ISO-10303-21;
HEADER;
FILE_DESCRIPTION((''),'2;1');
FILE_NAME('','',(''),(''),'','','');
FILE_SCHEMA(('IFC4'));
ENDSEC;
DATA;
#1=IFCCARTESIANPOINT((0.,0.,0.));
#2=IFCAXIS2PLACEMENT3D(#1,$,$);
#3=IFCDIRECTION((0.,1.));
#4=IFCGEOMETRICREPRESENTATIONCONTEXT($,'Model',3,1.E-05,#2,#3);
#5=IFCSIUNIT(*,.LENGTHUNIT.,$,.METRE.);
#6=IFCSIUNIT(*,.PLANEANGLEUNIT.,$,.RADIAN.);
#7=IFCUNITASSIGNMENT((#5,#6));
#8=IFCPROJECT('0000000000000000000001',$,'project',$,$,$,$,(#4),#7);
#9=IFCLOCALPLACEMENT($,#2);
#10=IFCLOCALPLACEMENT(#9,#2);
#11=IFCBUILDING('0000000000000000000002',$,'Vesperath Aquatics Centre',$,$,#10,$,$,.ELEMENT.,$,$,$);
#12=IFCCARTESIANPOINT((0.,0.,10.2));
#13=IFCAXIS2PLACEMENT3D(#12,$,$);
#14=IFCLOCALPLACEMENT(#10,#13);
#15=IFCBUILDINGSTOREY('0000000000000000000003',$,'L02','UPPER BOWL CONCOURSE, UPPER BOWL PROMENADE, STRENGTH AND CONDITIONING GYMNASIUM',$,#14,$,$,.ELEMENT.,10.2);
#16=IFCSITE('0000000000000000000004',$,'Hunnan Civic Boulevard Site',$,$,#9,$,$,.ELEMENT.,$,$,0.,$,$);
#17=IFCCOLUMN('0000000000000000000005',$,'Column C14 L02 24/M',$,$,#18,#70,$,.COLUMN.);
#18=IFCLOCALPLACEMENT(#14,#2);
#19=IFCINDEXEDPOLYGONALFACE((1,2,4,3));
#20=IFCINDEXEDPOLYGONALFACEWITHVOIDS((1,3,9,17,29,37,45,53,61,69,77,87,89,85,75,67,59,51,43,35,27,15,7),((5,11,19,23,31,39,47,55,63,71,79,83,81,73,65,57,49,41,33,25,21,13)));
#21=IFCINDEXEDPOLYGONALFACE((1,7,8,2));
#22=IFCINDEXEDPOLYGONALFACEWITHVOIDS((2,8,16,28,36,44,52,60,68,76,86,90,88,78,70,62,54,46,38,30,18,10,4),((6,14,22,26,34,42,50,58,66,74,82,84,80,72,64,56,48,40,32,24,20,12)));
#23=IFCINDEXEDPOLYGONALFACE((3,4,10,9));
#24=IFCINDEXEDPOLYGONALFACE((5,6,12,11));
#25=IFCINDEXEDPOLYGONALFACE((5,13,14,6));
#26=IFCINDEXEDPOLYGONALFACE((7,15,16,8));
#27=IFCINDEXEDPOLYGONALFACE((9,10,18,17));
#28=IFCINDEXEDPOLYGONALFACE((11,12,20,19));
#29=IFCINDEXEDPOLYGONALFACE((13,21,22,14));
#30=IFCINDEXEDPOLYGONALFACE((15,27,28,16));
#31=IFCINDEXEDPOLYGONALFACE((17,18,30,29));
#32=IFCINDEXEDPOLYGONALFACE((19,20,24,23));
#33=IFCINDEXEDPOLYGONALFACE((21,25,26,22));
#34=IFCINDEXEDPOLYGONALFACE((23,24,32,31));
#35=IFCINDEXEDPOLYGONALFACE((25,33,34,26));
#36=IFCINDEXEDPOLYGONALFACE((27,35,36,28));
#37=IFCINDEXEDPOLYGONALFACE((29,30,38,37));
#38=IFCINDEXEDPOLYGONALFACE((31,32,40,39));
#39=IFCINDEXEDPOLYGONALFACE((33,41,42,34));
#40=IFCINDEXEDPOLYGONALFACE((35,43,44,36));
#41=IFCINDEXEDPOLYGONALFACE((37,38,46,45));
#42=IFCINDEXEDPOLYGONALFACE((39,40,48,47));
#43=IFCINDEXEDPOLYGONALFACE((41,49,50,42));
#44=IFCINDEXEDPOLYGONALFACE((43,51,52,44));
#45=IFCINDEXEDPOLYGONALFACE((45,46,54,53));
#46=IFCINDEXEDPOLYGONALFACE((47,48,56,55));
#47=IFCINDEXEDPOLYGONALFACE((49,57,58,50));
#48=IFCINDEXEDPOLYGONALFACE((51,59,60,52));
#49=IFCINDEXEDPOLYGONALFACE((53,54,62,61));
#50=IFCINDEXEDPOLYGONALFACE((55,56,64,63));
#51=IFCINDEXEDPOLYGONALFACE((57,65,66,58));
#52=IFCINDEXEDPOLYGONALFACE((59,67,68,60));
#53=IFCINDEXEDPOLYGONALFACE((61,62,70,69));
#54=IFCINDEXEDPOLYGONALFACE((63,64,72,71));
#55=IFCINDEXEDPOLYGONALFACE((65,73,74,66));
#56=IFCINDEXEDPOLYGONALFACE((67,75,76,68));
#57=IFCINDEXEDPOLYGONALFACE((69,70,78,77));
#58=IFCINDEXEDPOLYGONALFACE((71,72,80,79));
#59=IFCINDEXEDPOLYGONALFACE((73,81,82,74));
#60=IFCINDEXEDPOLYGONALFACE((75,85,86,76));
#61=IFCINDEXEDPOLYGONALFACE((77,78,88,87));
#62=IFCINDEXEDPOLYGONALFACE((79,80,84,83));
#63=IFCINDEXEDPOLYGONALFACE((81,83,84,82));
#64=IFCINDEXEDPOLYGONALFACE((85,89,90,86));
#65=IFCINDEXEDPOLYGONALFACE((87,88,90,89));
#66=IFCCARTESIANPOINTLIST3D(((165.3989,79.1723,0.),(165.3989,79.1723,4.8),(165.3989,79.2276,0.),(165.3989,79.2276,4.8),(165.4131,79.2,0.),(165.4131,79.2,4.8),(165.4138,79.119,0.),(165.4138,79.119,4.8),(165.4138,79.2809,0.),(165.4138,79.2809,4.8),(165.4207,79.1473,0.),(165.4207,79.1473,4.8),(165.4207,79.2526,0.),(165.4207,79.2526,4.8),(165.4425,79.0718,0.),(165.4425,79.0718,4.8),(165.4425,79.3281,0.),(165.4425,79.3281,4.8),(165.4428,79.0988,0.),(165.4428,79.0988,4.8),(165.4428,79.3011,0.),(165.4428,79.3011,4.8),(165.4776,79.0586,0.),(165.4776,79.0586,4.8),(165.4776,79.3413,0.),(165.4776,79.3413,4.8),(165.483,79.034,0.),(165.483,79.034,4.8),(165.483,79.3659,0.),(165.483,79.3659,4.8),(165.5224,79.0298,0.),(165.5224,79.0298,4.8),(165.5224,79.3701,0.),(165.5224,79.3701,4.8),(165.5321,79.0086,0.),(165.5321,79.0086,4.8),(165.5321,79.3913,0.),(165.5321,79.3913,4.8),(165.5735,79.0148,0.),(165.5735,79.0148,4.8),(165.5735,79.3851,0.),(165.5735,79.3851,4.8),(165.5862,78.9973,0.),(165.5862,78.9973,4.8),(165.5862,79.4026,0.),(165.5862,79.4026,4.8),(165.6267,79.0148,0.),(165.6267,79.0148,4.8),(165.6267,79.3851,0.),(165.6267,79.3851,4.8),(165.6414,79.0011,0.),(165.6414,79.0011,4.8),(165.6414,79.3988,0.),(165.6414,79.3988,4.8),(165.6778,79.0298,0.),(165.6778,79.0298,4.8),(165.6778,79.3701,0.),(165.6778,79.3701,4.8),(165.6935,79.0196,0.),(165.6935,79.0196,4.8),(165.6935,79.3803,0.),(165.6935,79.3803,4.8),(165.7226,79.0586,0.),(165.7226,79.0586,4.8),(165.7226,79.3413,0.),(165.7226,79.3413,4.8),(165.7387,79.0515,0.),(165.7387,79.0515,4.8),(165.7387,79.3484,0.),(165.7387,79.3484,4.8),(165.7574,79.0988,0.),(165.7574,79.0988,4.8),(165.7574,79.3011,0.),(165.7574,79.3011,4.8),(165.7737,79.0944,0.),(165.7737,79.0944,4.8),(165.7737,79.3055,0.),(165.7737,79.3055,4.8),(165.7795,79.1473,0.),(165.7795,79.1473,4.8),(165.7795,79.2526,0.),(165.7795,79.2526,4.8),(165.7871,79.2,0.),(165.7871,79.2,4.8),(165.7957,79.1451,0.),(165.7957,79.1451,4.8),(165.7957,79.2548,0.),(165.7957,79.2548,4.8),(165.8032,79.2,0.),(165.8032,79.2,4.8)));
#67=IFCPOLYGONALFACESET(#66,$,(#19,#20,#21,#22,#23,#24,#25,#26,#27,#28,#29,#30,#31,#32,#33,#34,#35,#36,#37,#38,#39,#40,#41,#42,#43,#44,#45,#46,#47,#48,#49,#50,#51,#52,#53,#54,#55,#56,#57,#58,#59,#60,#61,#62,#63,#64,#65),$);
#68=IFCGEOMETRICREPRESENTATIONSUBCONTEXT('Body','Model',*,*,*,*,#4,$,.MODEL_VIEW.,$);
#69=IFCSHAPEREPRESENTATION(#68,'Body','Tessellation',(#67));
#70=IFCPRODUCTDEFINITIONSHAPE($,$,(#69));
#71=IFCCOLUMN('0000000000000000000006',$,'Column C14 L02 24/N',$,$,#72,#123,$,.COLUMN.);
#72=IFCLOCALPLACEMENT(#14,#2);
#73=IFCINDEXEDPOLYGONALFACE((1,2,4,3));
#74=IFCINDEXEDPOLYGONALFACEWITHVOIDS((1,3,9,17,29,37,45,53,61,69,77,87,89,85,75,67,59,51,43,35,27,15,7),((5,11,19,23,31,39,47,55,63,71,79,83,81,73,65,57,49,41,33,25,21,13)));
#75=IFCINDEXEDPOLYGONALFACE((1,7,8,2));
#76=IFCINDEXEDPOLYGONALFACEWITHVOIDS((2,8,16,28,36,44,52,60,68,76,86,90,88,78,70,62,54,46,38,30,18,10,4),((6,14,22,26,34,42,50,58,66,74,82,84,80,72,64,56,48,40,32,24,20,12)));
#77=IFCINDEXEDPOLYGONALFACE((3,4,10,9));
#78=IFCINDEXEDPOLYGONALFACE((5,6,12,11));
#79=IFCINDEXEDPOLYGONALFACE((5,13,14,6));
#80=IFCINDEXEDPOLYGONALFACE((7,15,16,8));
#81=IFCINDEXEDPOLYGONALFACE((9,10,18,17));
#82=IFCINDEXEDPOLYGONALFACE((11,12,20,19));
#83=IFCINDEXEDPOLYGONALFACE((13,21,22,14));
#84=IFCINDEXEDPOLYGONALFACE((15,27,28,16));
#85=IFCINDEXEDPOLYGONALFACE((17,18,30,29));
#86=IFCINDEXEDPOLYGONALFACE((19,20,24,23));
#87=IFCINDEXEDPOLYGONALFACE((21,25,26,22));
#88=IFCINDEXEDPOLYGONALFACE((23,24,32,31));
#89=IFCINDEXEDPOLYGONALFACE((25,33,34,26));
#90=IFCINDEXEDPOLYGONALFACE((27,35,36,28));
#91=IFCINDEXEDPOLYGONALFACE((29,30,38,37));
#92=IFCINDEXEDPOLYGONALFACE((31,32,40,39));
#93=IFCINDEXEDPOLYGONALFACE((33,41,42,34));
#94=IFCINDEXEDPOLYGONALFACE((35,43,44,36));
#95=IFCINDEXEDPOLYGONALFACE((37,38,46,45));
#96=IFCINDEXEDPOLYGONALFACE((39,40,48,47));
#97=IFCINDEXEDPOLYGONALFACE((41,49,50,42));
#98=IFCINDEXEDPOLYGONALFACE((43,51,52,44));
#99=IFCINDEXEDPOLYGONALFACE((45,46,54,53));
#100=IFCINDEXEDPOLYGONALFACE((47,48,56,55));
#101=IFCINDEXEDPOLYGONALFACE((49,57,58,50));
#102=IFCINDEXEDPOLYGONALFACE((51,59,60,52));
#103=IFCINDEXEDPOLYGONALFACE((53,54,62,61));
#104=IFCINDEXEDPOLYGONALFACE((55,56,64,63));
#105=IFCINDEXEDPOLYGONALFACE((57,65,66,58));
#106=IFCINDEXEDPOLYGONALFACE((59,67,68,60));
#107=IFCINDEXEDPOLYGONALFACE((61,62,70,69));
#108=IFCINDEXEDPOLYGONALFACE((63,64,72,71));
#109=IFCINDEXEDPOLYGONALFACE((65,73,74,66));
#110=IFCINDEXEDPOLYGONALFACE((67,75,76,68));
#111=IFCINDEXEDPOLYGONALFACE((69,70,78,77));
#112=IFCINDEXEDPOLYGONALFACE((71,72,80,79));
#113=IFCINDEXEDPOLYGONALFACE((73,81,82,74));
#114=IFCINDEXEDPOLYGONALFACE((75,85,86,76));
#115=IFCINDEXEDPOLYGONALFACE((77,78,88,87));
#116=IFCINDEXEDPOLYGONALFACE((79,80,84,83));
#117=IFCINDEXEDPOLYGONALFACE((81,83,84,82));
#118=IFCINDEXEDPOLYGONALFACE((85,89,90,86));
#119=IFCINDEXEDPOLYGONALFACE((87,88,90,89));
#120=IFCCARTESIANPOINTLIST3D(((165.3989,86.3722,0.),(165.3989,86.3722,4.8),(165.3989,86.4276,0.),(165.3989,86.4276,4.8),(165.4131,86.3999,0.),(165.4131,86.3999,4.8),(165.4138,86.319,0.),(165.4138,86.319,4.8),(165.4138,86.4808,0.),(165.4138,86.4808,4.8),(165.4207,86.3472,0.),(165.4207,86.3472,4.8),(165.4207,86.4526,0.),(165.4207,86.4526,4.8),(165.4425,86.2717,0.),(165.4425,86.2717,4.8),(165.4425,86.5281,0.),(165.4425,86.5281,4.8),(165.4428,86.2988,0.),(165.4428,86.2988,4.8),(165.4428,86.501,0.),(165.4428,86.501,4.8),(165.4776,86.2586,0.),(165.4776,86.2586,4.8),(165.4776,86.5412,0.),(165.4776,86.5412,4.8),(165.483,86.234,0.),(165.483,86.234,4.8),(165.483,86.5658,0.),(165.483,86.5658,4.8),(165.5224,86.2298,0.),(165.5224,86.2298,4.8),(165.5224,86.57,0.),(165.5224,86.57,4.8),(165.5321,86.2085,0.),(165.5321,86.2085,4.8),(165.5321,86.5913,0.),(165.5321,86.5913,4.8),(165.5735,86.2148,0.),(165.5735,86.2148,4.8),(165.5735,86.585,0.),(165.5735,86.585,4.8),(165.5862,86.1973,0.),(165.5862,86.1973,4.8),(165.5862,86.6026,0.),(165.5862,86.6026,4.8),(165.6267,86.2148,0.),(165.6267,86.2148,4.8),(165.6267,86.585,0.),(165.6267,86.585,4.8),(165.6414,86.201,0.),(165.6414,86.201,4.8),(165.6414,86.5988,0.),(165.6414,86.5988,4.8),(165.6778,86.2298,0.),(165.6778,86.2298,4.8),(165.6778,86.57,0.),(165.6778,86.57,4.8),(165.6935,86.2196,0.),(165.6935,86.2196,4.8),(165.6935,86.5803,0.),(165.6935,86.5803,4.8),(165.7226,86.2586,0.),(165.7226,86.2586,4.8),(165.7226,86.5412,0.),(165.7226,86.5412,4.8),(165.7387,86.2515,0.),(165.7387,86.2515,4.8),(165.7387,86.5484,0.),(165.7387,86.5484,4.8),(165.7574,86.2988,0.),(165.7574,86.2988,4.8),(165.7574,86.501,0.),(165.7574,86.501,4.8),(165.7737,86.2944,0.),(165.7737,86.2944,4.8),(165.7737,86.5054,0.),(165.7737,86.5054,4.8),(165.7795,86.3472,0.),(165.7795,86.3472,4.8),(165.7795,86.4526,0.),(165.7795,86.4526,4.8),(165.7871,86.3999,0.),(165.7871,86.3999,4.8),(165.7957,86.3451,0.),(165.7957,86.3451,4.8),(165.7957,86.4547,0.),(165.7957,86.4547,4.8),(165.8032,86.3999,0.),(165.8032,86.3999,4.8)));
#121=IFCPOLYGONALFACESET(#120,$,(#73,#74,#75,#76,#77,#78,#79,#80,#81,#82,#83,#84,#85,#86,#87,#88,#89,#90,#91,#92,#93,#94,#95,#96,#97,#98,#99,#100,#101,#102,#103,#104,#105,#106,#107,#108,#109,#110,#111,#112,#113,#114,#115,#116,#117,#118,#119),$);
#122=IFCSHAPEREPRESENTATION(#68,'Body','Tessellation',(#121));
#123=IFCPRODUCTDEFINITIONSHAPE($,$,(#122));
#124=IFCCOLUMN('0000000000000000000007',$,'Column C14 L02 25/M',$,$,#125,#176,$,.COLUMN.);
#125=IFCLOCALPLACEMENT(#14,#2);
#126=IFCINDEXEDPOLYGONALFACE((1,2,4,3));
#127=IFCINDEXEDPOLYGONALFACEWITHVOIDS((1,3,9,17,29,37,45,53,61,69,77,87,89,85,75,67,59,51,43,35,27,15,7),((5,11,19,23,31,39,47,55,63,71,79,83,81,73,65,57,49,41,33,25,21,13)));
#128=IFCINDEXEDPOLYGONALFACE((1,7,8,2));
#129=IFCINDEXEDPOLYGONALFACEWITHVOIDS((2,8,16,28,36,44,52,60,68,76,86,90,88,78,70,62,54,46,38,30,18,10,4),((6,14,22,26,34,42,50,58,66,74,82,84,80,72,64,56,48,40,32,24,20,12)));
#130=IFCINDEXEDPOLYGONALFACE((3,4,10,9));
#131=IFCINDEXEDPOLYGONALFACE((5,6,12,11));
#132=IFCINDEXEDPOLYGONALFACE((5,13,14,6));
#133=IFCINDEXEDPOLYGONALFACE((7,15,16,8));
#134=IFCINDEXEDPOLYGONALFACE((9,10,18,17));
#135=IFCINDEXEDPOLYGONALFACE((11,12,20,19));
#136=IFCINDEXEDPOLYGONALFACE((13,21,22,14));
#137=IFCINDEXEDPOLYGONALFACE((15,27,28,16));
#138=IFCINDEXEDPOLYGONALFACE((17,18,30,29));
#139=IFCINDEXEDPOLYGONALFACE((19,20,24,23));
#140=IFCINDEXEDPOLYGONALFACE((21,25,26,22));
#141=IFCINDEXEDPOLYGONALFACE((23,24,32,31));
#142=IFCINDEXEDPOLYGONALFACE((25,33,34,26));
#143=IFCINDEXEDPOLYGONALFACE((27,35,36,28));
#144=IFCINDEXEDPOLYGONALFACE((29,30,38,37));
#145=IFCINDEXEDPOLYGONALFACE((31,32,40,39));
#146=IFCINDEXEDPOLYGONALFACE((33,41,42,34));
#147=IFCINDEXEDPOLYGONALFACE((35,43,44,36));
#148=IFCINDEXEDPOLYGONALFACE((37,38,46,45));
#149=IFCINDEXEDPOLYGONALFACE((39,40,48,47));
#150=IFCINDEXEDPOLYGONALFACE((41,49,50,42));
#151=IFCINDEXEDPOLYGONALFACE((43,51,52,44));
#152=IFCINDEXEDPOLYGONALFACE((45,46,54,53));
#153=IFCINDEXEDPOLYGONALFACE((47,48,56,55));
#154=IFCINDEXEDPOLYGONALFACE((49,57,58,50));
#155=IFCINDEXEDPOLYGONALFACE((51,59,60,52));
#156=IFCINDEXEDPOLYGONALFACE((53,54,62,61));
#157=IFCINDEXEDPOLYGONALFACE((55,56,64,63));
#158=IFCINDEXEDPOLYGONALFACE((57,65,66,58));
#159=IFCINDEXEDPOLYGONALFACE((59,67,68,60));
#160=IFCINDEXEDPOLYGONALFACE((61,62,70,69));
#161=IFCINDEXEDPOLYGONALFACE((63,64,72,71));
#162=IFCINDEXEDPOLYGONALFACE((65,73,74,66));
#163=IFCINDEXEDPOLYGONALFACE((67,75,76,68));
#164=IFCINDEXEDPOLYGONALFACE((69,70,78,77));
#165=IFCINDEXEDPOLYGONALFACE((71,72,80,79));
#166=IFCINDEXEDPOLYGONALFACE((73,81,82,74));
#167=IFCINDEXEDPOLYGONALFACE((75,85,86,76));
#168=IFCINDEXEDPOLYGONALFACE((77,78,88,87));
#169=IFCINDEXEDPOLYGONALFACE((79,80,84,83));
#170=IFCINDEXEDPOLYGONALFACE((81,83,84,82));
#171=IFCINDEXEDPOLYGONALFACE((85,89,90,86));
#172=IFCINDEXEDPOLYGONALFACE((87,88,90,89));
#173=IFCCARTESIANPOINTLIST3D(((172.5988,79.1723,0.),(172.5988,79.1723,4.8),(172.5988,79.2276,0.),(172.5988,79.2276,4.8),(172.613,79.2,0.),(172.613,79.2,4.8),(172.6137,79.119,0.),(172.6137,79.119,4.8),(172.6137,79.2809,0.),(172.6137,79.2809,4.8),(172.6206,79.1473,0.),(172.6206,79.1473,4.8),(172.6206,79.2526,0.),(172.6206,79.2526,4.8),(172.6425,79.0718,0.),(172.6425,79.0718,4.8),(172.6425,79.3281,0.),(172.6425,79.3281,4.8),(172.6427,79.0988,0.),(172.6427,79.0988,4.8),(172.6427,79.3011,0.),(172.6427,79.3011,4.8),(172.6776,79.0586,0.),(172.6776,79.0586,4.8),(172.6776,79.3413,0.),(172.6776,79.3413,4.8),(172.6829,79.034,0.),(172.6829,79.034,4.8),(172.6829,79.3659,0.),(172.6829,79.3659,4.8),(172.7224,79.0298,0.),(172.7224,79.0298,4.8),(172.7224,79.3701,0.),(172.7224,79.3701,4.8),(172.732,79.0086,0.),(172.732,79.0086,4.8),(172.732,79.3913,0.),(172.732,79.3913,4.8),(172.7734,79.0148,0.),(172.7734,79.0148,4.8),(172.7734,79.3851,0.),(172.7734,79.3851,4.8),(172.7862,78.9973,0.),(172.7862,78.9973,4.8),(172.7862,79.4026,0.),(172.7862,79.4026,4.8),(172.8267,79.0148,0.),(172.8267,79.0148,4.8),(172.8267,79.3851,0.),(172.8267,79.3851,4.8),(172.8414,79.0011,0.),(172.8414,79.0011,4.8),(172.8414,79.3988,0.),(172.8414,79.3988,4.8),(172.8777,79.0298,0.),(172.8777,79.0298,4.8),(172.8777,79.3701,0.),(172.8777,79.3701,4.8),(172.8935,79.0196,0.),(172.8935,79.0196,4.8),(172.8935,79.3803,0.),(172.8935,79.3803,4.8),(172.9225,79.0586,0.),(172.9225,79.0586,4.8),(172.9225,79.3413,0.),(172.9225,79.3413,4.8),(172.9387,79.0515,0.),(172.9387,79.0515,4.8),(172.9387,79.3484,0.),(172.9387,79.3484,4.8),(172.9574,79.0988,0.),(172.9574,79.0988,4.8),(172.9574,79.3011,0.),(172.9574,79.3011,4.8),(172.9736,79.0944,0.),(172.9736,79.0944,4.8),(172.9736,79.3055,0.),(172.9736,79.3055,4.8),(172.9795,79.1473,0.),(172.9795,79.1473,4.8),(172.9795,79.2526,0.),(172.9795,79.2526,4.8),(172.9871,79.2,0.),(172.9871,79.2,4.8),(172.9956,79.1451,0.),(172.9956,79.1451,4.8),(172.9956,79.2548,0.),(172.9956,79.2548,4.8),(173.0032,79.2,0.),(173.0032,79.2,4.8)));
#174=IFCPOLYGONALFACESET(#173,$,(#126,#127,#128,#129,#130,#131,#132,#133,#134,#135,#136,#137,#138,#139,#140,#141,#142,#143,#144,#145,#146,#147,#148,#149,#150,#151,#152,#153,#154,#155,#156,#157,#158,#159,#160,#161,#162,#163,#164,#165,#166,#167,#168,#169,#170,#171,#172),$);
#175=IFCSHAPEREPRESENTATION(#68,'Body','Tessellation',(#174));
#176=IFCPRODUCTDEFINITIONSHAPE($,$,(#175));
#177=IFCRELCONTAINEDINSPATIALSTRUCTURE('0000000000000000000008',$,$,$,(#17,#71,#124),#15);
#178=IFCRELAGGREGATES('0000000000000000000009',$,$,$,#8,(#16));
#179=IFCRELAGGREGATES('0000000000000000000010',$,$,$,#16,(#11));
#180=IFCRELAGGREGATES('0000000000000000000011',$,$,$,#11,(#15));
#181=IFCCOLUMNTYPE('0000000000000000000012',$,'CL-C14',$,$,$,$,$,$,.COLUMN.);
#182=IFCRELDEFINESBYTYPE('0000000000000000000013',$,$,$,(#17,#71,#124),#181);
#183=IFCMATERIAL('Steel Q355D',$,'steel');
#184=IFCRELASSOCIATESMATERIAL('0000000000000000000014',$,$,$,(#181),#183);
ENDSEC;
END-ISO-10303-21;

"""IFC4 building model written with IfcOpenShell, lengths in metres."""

from ifc_helpers import new_model, si_unit, direction, frame, origin, origin_2d, place, context, subcontext, project, spatial, hollow_circle, extrude, material, material_profile, profile_set, type_object, element, save


model = new_model("IFC4")

# Units and contexts
model_context = context("Model", 3, precision=1e-05, world=origin(), true_north=direction((0.0, 1.0)))
body_context = subcontext(model_context, "Body", "Model", "MODEL_VIEW")
ifc_project = project(units=[si_unit("LENGTHUNIT", "METRE"), si_unit("PLANEANGLEUNIT", "RADIAN")], contexts=[model_context])

# Site, building, storey
site_placement = place(None, origin())
site = spatial("IfcSite", under=ifc_project, at=site_placement, Name="Hunnan Civic Boulevard Site", CompositionType="ELEMENT", RefElevation=0.0)
building_placement = place(site_placement, origin())
building = spatial("IfcBuilding", under=site, at=building_placement, Name="Vesperath Aquatics Centre", CompositionType="ELEMENT")
storey_placement = place(building_placement, frame((0.0, 0.0, 10.2)))
storey = spatial("IfcBuildingStorey", under=building, at=storey_placement, Name="L02", Description="UPPER BOWL CONCOURSE, UPPER BOWL PROMENADE, STRENGTH AND CONDITIONING GYMNASIUM", CompositionType="ELEMENT", Elevation=10.2)

# Columns
ifc_material_1 = material(Name="Steel Q355D", Category="steel")
ifc_material_profile_1 = material_profile(ifc_material_1, hollow_circle(Radius=0.2031, WallThickness=0.0161, at=origin_2d()), Name="CHS 406.4x16")
ifc_profile_set_1 = profile_set([ifc_material_profile_1], Name="Steel Q355D")
column_type = type_object("IfcColumnType", Name="CL-C14", PredefinedType="COLUMN", material=ifc_profile_set_1)
for number, where, z_axis, x_axis, name in (
    (1, (165.6001, 79.2, 0.0), (0.0, 0.0, 1.0), (1.0, 0.0, 0.0), "Column C14 L02 24/M"),
    (2, (165.6001, 86.3999, 0.0), (0.0, 0.0, 1.0), (1.0, 0.0, 0.0), "Column C14 L02 24/N"),
    (3, (172.8, 79.2, 0.0), (0.0, 0.0, 1.0), (1.0, 0.0, 0.0), "Column C14 L02 25/M"),
):
    element("IfcColumn", number, at=place(storey_placement, frame(where, z_axis=z_axis, x_axis=x_axis)), inside=storey, type_object=column_type, Name=name, PredefinedType="COLUMN", context=body_context, shape_type="SweptSolid", body=[
        extrude(hollow_circle(Radius=0.2031, WallThickness=0.0161, at=origin_2d()), origin(), (0.0, 0.0, 1.0), 4.8),
    ])

save(model, "model.ifc")
